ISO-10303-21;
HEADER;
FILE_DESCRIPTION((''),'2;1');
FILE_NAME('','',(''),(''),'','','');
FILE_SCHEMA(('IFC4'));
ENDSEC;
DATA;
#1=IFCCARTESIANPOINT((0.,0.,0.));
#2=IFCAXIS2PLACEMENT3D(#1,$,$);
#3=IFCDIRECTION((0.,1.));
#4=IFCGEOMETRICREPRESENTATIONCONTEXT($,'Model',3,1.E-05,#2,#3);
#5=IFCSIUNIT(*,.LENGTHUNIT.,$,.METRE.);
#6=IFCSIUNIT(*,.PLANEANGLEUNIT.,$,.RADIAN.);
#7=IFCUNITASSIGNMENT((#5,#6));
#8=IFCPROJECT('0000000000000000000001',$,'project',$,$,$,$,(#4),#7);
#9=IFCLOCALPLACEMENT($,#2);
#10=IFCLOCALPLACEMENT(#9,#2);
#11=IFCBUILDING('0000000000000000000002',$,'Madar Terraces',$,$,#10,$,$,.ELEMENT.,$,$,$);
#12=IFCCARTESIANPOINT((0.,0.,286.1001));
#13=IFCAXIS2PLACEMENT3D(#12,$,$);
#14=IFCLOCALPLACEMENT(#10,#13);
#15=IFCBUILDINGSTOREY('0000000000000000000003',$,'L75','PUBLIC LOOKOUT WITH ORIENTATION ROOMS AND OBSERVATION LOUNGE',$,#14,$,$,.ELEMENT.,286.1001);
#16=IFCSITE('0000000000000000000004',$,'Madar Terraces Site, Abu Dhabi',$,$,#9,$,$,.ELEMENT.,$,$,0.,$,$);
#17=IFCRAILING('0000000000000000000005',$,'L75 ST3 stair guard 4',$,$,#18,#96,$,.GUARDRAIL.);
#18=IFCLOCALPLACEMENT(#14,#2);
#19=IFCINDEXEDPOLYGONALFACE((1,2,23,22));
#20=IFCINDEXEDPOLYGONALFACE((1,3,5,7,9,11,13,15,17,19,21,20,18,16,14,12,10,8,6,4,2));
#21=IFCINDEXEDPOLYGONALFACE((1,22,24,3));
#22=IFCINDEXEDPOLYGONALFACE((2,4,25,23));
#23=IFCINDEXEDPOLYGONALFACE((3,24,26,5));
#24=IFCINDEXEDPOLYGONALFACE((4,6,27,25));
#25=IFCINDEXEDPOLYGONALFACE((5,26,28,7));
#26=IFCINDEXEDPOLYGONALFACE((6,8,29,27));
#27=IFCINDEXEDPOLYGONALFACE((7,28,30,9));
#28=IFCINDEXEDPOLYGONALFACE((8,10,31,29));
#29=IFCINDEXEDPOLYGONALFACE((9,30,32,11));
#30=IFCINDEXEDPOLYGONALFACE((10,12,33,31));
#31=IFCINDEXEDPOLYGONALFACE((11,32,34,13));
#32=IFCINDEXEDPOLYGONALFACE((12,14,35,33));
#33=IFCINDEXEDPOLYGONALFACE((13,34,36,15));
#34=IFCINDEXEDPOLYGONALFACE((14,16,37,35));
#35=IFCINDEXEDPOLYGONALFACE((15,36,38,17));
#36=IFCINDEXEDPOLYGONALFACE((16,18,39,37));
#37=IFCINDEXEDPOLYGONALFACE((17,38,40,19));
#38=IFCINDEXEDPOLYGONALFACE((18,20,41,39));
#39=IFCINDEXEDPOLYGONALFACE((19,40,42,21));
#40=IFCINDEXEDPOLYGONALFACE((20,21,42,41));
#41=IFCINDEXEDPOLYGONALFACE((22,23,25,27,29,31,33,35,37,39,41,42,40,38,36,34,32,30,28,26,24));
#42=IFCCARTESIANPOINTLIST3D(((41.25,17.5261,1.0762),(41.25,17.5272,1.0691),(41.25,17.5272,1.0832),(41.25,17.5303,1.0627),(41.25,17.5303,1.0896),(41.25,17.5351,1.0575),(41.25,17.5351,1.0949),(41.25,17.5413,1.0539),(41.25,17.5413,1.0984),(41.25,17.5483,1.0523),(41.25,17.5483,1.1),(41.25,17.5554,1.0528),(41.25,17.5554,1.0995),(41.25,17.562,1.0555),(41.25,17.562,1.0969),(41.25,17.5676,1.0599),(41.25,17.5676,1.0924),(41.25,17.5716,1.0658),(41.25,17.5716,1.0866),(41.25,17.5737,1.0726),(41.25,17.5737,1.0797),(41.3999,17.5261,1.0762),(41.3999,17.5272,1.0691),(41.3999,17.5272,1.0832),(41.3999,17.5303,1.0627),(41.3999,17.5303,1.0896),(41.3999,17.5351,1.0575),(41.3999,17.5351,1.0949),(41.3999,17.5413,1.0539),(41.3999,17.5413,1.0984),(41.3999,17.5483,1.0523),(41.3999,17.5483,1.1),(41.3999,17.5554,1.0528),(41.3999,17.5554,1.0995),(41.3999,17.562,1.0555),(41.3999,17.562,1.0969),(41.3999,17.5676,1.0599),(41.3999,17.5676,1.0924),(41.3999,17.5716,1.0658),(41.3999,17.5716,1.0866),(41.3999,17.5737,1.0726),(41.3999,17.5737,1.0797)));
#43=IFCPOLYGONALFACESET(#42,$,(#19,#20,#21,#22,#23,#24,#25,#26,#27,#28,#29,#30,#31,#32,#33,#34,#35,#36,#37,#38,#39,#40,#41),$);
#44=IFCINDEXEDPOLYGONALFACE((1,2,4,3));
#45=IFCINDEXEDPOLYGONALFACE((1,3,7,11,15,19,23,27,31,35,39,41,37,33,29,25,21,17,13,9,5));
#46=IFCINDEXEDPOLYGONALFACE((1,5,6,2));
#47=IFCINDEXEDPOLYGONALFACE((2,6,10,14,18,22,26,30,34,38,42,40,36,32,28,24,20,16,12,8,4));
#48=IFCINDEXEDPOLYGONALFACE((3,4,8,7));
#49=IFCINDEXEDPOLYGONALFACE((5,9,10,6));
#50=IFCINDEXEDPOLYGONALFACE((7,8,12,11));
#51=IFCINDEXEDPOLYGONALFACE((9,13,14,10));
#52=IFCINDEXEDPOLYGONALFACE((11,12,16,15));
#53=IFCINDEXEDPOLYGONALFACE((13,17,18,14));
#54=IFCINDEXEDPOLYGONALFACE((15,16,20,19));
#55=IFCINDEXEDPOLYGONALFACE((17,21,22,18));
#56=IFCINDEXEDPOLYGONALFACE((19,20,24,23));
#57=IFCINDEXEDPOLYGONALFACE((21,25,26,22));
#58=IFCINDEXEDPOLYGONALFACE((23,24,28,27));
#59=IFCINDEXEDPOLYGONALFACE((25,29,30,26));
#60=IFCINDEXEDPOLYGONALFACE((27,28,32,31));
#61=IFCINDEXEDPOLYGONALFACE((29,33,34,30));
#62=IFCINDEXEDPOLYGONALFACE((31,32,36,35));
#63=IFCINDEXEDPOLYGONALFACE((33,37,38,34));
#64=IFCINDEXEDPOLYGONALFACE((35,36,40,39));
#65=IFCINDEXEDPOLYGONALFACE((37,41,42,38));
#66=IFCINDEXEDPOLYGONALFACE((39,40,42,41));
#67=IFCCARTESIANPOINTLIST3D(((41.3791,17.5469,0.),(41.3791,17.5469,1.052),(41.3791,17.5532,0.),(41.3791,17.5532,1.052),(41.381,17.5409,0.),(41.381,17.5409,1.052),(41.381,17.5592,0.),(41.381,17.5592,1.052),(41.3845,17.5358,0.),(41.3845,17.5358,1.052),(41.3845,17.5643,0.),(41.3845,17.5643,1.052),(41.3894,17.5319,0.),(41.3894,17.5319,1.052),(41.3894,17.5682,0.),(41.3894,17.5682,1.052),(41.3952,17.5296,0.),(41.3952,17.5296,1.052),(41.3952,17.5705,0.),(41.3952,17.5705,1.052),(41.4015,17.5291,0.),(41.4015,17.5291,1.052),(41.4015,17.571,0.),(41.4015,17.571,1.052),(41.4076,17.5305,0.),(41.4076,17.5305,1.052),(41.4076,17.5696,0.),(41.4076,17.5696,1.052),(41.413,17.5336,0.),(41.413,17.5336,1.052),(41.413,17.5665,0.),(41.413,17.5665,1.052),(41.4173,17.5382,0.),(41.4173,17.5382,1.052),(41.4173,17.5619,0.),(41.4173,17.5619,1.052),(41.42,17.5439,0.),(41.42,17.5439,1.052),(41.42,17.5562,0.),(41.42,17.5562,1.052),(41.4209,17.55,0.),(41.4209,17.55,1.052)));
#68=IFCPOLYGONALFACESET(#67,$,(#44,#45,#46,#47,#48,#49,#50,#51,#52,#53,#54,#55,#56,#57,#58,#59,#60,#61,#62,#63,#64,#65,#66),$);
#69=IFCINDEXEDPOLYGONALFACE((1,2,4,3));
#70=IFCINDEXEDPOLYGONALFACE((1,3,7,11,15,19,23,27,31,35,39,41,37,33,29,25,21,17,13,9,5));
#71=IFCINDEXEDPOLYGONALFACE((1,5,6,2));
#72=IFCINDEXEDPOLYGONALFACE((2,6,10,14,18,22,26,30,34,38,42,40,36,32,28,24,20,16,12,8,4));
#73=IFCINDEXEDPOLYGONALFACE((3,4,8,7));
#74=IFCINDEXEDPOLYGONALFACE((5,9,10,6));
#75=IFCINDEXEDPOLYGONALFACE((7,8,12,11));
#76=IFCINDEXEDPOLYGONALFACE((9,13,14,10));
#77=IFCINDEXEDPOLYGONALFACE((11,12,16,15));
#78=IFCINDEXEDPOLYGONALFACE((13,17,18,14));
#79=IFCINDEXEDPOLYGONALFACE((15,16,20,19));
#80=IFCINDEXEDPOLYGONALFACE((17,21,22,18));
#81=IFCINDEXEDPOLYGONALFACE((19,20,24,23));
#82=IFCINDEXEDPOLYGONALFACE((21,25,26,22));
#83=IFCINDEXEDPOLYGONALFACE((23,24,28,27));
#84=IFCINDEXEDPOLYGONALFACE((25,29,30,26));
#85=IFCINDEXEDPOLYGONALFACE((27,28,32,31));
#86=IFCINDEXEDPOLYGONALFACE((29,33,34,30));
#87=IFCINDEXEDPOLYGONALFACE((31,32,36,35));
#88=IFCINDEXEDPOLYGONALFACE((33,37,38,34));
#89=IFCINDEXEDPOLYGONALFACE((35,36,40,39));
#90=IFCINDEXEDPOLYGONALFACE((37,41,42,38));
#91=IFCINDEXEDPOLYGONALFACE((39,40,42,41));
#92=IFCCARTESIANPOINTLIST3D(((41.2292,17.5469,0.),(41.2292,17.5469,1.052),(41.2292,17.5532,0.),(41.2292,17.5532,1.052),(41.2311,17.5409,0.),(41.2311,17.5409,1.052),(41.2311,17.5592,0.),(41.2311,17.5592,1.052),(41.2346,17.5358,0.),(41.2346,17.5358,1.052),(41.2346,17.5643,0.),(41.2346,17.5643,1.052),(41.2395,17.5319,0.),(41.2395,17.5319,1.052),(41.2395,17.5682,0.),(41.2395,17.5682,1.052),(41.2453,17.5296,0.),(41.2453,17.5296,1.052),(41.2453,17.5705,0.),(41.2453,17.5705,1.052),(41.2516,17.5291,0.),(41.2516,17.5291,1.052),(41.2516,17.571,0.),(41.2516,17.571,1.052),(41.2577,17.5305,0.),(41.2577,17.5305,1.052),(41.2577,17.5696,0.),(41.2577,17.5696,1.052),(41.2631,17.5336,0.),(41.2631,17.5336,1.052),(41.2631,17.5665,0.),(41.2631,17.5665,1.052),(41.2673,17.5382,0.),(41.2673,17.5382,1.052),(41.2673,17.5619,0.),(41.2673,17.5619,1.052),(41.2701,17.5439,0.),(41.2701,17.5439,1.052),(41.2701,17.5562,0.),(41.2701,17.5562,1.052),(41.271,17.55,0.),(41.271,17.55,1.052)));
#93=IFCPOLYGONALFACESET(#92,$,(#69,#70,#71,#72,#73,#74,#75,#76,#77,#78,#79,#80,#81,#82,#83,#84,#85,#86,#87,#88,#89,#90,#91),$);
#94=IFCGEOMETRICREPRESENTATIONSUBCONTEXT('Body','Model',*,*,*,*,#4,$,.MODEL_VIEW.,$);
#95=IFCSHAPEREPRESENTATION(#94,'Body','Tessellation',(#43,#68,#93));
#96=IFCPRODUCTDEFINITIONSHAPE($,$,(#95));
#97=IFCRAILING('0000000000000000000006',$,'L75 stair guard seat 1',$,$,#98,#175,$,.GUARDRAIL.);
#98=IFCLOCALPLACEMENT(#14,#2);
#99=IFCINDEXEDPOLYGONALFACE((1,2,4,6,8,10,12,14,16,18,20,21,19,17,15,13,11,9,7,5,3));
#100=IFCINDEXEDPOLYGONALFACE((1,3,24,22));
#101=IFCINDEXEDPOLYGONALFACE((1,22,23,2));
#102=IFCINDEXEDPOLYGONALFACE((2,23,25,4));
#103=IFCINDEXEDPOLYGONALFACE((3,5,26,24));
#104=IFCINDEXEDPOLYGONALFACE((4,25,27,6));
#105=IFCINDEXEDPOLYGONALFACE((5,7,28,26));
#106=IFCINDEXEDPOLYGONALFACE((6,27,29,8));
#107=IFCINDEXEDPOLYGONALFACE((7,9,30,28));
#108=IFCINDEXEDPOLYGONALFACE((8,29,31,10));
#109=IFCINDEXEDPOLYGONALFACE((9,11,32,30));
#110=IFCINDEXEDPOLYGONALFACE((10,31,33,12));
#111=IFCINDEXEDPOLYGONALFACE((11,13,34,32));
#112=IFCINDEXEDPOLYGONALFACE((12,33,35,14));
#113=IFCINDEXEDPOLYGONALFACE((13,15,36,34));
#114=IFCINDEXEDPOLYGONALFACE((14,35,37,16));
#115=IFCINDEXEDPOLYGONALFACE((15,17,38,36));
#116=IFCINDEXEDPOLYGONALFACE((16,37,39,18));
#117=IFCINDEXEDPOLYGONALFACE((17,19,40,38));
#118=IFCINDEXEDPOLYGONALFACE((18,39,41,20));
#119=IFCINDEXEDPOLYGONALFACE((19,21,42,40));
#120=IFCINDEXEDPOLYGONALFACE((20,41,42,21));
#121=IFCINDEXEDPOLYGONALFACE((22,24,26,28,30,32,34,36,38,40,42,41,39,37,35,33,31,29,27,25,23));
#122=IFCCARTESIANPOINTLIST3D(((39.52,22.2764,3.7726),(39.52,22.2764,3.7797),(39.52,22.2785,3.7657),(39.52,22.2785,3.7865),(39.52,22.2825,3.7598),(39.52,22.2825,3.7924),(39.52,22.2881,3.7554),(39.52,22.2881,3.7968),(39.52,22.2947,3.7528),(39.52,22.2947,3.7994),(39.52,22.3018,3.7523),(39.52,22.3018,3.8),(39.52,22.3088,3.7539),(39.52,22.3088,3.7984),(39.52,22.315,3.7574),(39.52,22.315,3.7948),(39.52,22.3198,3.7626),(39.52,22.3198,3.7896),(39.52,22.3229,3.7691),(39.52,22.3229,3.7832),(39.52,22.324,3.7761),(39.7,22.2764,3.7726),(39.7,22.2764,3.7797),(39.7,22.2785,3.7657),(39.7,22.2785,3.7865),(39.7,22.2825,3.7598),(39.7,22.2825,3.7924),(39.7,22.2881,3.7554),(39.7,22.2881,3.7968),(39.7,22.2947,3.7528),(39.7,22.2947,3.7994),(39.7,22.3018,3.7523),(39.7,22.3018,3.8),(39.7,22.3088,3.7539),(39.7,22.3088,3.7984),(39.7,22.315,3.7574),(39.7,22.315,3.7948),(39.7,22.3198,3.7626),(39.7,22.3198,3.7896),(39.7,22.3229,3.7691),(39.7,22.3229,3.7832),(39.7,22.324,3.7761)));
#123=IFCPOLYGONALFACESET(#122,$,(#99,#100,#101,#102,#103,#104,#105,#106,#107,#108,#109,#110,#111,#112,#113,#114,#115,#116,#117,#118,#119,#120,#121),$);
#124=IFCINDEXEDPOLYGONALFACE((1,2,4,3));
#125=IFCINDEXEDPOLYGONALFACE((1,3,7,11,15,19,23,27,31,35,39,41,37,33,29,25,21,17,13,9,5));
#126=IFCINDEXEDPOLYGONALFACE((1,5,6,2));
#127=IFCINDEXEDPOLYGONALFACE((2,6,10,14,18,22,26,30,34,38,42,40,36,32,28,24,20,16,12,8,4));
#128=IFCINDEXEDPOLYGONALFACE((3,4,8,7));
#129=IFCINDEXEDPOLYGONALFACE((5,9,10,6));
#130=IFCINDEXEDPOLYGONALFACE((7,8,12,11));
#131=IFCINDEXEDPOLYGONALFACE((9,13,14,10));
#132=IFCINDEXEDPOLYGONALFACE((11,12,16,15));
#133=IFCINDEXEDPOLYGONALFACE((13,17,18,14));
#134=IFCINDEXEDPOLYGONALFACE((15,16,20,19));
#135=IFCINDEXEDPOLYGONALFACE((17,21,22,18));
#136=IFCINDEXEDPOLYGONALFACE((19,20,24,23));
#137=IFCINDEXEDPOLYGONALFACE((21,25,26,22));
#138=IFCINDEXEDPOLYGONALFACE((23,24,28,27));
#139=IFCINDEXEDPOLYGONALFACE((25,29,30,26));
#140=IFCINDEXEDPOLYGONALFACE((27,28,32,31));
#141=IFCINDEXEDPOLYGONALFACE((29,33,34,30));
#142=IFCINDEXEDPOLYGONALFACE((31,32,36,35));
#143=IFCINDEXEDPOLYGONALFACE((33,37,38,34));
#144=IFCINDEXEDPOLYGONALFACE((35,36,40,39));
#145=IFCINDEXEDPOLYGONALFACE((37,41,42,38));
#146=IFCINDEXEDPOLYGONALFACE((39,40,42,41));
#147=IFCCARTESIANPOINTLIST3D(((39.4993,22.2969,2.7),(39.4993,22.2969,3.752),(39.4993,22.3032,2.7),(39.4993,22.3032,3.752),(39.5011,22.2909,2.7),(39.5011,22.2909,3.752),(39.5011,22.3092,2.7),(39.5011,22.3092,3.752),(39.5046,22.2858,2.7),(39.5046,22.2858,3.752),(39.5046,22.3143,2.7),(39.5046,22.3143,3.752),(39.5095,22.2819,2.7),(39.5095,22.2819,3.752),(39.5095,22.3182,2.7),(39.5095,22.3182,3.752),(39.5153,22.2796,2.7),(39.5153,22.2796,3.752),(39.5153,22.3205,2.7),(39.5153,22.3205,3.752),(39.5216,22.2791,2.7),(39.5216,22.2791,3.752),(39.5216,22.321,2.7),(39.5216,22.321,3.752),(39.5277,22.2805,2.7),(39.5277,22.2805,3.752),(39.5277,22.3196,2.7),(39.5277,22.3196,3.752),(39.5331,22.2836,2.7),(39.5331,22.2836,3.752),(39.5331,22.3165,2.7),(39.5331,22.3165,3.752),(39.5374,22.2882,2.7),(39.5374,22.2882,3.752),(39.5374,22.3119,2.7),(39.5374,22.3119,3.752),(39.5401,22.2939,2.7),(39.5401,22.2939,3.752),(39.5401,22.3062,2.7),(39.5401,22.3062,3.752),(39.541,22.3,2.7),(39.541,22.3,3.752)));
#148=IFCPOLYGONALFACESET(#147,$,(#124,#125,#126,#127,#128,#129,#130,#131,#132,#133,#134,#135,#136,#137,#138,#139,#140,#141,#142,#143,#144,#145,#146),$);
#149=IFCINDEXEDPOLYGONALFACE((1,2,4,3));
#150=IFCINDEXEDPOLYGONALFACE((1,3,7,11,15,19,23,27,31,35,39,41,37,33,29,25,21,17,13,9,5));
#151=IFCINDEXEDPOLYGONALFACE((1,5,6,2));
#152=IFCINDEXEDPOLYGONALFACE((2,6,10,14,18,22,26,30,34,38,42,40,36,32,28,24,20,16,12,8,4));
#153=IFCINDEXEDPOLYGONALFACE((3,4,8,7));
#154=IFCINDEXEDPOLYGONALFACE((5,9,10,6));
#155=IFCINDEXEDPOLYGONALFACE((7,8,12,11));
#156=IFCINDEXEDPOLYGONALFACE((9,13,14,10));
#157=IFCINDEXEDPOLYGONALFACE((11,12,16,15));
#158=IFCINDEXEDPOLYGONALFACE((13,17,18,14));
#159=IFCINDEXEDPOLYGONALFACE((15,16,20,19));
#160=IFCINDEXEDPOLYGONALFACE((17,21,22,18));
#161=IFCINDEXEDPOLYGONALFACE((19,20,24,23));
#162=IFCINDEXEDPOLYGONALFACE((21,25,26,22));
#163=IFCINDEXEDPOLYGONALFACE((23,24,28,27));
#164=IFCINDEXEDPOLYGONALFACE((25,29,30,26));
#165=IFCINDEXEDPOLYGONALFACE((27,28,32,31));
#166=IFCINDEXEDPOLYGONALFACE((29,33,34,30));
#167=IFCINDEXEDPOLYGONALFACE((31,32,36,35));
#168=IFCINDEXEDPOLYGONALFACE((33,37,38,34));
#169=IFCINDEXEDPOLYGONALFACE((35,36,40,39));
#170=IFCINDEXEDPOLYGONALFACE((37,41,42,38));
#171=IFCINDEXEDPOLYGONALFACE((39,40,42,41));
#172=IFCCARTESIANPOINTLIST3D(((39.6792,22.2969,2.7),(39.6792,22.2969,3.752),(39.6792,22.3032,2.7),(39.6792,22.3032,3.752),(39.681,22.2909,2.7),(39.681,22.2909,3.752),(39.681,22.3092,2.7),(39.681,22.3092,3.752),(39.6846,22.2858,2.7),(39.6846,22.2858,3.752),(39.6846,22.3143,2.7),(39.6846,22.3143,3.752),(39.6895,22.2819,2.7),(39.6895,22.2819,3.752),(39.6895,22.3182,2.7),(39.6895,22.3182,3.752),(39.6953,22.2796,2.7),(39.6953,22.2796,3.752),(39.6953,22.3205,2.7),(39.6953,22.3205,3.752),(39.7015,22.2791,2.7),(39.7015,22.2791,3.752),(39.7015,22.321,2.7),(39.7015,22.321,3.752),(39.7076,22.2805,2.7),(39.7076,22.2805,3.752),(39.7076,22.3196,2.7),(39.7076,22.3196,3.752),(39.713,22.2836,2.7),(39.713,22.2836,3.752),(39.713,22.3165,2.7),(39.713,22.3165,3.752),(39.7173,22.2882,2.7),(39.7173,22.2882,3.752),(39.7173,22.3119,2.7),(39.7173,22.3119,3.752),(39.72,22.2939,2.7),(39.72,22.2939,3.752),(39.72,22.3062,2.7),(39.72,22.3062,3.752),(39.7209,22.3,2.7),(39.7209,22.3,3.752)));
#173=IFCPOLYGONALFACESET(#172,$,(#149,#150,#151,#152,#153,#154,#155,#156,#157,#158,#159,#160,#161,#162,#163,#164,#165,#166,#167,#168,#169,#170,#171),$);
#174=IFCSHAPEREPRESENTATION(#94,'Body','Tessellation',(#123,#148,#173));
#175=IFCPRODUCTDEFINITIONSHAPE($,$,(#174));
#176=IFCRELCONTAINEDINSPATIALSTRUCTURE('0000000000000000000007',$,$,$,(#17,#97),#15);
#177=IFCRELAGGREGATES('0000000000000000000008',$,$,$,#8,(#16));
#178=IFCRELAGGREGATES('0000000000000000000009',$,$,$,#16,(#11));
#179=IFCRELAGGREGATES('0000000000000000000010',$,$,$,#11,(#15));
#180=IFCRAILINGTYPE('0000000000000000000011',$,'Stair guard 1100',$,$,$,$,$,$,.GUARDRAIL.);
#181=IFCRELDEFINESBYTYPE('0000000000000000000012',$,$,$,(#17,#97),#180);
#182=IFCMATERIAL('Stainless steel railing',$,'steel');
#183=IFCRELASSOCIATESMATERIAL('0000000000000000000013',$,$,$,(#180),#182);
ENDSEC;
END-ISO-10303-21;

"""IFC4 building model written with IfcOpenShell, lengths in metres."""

from ifc_helpers import new_model, si_unit, direction, frame, origin, origin_2d, place, context, subcontext, project, spatial, circle, extrude, material, type_object, element, save


model = new_model("IFC4")

# Units and contexts
model_context = context("Model", 3, precision=1e-05, world=origin(), true_north=direction((0.0, 1.0)))
body_context = subcontext(model_context, "Body", "Model", "MODEL_VIEW")
ifc_project = project(units=[si_unit("LENGTHUNIT", "METRE"), si_unit("PLANEANGLEUNIT", "RADIAN")], contexts=[model_context])

# Site, building, storey
site_placement = place(None, origin())
site = spatial("IfcSite", under=ifc_project, at=site_placement, Name="Madar Terraces Site, Abu Dhabi", CompositionType="ELEMENT", RefElevation=0.0)
building_placement = place(site_placement, origin())
building = spatial("IfcBuilding", under=site, at=building_placement, Name="Madar Terraces", CompositionType="ELEMENT")
storey_placement = place(building_placement, frame((0.0, 0.0, 286.1001)))
storey = spatial("IfcBuildingStorey", under=building, at=storey_placement, Name="L75", Description="PUBLIC LOOKOUT WITH ORIENTATION ROOMS AND OBSERVATION LOUNGE", CompositionType="ELEMENT", Elevation=286.1001)

# Railings
ifc_material_1 = material(Name="Stainless steel railing", Category="steel")
railing_type_1 = type_object("IfcRailingType", Name="Stair guard 1100", PredefinedType="GUARDRAIL", material=ifc_material_1)
railing_1_placement = place(storey_placement, frame((41.3999, 17.55, 0.0)))
element("IfcRailing", 1, at=railing_1_placement, inside=storey, type_object=railing_type_1, Name="L75 ST3 stair guard 4", PredefinedType="GUARDRAIL", context=body_context, shape_type="SweptSolid", body=[
    extrude(circle(Radius=0.0239, at=origin_2d()), frame((0.0, 0.0, 1.0762), z_axis=(-1.0, 0.0, 0.0), x_axis=(0.0, -1.0, 0.0)), (0.0, 0.0, 1.0), 0.1499),
    extrude(circle(Radius=0.021, at=origin_2d()), origin(), (0.0, 0.0, 1.0), 1.052),
    extrude(circle(Radius=0.021, at=origin_2d()), frame((-0.1499, 0.0, 0.0)), (0.0, 0.0, 1.0), 1.052),
])
for number, where, name in (
    (2, (39.52, 22.3, 2.7), "L75 stair guard seat 1"),
):
    element("IfcRailing", number, at=place(storey_placement, frame(where)), inside=storey, type_object=railing_type_1, Name=name, PredefinedType="GUARDRAIL", context=body_context, shape_type="SweptSolid", body=[
        extrude(circle(Radius=0.0239, at=origin_2d()), frame((0.0, 0.0, 1.0762), z_axis=(1.0, 0.0, 0.0), x_axis=(0.0, 1.0, 0.0)), (0.0, 0.0, 1.0), 0.1799),
        extrude(circle(Radius=0.021, at=origin_2d()), origin(), (0.0, 0.0, 1.0), 1.052),
        extrude(circle(Radius=0.021, at=origin_2d()), frame((0.1799, 0.0, 0.0)), (0.0, 0.0, 1.0), 1.052),
    ])

save(model, "model.ifc")
